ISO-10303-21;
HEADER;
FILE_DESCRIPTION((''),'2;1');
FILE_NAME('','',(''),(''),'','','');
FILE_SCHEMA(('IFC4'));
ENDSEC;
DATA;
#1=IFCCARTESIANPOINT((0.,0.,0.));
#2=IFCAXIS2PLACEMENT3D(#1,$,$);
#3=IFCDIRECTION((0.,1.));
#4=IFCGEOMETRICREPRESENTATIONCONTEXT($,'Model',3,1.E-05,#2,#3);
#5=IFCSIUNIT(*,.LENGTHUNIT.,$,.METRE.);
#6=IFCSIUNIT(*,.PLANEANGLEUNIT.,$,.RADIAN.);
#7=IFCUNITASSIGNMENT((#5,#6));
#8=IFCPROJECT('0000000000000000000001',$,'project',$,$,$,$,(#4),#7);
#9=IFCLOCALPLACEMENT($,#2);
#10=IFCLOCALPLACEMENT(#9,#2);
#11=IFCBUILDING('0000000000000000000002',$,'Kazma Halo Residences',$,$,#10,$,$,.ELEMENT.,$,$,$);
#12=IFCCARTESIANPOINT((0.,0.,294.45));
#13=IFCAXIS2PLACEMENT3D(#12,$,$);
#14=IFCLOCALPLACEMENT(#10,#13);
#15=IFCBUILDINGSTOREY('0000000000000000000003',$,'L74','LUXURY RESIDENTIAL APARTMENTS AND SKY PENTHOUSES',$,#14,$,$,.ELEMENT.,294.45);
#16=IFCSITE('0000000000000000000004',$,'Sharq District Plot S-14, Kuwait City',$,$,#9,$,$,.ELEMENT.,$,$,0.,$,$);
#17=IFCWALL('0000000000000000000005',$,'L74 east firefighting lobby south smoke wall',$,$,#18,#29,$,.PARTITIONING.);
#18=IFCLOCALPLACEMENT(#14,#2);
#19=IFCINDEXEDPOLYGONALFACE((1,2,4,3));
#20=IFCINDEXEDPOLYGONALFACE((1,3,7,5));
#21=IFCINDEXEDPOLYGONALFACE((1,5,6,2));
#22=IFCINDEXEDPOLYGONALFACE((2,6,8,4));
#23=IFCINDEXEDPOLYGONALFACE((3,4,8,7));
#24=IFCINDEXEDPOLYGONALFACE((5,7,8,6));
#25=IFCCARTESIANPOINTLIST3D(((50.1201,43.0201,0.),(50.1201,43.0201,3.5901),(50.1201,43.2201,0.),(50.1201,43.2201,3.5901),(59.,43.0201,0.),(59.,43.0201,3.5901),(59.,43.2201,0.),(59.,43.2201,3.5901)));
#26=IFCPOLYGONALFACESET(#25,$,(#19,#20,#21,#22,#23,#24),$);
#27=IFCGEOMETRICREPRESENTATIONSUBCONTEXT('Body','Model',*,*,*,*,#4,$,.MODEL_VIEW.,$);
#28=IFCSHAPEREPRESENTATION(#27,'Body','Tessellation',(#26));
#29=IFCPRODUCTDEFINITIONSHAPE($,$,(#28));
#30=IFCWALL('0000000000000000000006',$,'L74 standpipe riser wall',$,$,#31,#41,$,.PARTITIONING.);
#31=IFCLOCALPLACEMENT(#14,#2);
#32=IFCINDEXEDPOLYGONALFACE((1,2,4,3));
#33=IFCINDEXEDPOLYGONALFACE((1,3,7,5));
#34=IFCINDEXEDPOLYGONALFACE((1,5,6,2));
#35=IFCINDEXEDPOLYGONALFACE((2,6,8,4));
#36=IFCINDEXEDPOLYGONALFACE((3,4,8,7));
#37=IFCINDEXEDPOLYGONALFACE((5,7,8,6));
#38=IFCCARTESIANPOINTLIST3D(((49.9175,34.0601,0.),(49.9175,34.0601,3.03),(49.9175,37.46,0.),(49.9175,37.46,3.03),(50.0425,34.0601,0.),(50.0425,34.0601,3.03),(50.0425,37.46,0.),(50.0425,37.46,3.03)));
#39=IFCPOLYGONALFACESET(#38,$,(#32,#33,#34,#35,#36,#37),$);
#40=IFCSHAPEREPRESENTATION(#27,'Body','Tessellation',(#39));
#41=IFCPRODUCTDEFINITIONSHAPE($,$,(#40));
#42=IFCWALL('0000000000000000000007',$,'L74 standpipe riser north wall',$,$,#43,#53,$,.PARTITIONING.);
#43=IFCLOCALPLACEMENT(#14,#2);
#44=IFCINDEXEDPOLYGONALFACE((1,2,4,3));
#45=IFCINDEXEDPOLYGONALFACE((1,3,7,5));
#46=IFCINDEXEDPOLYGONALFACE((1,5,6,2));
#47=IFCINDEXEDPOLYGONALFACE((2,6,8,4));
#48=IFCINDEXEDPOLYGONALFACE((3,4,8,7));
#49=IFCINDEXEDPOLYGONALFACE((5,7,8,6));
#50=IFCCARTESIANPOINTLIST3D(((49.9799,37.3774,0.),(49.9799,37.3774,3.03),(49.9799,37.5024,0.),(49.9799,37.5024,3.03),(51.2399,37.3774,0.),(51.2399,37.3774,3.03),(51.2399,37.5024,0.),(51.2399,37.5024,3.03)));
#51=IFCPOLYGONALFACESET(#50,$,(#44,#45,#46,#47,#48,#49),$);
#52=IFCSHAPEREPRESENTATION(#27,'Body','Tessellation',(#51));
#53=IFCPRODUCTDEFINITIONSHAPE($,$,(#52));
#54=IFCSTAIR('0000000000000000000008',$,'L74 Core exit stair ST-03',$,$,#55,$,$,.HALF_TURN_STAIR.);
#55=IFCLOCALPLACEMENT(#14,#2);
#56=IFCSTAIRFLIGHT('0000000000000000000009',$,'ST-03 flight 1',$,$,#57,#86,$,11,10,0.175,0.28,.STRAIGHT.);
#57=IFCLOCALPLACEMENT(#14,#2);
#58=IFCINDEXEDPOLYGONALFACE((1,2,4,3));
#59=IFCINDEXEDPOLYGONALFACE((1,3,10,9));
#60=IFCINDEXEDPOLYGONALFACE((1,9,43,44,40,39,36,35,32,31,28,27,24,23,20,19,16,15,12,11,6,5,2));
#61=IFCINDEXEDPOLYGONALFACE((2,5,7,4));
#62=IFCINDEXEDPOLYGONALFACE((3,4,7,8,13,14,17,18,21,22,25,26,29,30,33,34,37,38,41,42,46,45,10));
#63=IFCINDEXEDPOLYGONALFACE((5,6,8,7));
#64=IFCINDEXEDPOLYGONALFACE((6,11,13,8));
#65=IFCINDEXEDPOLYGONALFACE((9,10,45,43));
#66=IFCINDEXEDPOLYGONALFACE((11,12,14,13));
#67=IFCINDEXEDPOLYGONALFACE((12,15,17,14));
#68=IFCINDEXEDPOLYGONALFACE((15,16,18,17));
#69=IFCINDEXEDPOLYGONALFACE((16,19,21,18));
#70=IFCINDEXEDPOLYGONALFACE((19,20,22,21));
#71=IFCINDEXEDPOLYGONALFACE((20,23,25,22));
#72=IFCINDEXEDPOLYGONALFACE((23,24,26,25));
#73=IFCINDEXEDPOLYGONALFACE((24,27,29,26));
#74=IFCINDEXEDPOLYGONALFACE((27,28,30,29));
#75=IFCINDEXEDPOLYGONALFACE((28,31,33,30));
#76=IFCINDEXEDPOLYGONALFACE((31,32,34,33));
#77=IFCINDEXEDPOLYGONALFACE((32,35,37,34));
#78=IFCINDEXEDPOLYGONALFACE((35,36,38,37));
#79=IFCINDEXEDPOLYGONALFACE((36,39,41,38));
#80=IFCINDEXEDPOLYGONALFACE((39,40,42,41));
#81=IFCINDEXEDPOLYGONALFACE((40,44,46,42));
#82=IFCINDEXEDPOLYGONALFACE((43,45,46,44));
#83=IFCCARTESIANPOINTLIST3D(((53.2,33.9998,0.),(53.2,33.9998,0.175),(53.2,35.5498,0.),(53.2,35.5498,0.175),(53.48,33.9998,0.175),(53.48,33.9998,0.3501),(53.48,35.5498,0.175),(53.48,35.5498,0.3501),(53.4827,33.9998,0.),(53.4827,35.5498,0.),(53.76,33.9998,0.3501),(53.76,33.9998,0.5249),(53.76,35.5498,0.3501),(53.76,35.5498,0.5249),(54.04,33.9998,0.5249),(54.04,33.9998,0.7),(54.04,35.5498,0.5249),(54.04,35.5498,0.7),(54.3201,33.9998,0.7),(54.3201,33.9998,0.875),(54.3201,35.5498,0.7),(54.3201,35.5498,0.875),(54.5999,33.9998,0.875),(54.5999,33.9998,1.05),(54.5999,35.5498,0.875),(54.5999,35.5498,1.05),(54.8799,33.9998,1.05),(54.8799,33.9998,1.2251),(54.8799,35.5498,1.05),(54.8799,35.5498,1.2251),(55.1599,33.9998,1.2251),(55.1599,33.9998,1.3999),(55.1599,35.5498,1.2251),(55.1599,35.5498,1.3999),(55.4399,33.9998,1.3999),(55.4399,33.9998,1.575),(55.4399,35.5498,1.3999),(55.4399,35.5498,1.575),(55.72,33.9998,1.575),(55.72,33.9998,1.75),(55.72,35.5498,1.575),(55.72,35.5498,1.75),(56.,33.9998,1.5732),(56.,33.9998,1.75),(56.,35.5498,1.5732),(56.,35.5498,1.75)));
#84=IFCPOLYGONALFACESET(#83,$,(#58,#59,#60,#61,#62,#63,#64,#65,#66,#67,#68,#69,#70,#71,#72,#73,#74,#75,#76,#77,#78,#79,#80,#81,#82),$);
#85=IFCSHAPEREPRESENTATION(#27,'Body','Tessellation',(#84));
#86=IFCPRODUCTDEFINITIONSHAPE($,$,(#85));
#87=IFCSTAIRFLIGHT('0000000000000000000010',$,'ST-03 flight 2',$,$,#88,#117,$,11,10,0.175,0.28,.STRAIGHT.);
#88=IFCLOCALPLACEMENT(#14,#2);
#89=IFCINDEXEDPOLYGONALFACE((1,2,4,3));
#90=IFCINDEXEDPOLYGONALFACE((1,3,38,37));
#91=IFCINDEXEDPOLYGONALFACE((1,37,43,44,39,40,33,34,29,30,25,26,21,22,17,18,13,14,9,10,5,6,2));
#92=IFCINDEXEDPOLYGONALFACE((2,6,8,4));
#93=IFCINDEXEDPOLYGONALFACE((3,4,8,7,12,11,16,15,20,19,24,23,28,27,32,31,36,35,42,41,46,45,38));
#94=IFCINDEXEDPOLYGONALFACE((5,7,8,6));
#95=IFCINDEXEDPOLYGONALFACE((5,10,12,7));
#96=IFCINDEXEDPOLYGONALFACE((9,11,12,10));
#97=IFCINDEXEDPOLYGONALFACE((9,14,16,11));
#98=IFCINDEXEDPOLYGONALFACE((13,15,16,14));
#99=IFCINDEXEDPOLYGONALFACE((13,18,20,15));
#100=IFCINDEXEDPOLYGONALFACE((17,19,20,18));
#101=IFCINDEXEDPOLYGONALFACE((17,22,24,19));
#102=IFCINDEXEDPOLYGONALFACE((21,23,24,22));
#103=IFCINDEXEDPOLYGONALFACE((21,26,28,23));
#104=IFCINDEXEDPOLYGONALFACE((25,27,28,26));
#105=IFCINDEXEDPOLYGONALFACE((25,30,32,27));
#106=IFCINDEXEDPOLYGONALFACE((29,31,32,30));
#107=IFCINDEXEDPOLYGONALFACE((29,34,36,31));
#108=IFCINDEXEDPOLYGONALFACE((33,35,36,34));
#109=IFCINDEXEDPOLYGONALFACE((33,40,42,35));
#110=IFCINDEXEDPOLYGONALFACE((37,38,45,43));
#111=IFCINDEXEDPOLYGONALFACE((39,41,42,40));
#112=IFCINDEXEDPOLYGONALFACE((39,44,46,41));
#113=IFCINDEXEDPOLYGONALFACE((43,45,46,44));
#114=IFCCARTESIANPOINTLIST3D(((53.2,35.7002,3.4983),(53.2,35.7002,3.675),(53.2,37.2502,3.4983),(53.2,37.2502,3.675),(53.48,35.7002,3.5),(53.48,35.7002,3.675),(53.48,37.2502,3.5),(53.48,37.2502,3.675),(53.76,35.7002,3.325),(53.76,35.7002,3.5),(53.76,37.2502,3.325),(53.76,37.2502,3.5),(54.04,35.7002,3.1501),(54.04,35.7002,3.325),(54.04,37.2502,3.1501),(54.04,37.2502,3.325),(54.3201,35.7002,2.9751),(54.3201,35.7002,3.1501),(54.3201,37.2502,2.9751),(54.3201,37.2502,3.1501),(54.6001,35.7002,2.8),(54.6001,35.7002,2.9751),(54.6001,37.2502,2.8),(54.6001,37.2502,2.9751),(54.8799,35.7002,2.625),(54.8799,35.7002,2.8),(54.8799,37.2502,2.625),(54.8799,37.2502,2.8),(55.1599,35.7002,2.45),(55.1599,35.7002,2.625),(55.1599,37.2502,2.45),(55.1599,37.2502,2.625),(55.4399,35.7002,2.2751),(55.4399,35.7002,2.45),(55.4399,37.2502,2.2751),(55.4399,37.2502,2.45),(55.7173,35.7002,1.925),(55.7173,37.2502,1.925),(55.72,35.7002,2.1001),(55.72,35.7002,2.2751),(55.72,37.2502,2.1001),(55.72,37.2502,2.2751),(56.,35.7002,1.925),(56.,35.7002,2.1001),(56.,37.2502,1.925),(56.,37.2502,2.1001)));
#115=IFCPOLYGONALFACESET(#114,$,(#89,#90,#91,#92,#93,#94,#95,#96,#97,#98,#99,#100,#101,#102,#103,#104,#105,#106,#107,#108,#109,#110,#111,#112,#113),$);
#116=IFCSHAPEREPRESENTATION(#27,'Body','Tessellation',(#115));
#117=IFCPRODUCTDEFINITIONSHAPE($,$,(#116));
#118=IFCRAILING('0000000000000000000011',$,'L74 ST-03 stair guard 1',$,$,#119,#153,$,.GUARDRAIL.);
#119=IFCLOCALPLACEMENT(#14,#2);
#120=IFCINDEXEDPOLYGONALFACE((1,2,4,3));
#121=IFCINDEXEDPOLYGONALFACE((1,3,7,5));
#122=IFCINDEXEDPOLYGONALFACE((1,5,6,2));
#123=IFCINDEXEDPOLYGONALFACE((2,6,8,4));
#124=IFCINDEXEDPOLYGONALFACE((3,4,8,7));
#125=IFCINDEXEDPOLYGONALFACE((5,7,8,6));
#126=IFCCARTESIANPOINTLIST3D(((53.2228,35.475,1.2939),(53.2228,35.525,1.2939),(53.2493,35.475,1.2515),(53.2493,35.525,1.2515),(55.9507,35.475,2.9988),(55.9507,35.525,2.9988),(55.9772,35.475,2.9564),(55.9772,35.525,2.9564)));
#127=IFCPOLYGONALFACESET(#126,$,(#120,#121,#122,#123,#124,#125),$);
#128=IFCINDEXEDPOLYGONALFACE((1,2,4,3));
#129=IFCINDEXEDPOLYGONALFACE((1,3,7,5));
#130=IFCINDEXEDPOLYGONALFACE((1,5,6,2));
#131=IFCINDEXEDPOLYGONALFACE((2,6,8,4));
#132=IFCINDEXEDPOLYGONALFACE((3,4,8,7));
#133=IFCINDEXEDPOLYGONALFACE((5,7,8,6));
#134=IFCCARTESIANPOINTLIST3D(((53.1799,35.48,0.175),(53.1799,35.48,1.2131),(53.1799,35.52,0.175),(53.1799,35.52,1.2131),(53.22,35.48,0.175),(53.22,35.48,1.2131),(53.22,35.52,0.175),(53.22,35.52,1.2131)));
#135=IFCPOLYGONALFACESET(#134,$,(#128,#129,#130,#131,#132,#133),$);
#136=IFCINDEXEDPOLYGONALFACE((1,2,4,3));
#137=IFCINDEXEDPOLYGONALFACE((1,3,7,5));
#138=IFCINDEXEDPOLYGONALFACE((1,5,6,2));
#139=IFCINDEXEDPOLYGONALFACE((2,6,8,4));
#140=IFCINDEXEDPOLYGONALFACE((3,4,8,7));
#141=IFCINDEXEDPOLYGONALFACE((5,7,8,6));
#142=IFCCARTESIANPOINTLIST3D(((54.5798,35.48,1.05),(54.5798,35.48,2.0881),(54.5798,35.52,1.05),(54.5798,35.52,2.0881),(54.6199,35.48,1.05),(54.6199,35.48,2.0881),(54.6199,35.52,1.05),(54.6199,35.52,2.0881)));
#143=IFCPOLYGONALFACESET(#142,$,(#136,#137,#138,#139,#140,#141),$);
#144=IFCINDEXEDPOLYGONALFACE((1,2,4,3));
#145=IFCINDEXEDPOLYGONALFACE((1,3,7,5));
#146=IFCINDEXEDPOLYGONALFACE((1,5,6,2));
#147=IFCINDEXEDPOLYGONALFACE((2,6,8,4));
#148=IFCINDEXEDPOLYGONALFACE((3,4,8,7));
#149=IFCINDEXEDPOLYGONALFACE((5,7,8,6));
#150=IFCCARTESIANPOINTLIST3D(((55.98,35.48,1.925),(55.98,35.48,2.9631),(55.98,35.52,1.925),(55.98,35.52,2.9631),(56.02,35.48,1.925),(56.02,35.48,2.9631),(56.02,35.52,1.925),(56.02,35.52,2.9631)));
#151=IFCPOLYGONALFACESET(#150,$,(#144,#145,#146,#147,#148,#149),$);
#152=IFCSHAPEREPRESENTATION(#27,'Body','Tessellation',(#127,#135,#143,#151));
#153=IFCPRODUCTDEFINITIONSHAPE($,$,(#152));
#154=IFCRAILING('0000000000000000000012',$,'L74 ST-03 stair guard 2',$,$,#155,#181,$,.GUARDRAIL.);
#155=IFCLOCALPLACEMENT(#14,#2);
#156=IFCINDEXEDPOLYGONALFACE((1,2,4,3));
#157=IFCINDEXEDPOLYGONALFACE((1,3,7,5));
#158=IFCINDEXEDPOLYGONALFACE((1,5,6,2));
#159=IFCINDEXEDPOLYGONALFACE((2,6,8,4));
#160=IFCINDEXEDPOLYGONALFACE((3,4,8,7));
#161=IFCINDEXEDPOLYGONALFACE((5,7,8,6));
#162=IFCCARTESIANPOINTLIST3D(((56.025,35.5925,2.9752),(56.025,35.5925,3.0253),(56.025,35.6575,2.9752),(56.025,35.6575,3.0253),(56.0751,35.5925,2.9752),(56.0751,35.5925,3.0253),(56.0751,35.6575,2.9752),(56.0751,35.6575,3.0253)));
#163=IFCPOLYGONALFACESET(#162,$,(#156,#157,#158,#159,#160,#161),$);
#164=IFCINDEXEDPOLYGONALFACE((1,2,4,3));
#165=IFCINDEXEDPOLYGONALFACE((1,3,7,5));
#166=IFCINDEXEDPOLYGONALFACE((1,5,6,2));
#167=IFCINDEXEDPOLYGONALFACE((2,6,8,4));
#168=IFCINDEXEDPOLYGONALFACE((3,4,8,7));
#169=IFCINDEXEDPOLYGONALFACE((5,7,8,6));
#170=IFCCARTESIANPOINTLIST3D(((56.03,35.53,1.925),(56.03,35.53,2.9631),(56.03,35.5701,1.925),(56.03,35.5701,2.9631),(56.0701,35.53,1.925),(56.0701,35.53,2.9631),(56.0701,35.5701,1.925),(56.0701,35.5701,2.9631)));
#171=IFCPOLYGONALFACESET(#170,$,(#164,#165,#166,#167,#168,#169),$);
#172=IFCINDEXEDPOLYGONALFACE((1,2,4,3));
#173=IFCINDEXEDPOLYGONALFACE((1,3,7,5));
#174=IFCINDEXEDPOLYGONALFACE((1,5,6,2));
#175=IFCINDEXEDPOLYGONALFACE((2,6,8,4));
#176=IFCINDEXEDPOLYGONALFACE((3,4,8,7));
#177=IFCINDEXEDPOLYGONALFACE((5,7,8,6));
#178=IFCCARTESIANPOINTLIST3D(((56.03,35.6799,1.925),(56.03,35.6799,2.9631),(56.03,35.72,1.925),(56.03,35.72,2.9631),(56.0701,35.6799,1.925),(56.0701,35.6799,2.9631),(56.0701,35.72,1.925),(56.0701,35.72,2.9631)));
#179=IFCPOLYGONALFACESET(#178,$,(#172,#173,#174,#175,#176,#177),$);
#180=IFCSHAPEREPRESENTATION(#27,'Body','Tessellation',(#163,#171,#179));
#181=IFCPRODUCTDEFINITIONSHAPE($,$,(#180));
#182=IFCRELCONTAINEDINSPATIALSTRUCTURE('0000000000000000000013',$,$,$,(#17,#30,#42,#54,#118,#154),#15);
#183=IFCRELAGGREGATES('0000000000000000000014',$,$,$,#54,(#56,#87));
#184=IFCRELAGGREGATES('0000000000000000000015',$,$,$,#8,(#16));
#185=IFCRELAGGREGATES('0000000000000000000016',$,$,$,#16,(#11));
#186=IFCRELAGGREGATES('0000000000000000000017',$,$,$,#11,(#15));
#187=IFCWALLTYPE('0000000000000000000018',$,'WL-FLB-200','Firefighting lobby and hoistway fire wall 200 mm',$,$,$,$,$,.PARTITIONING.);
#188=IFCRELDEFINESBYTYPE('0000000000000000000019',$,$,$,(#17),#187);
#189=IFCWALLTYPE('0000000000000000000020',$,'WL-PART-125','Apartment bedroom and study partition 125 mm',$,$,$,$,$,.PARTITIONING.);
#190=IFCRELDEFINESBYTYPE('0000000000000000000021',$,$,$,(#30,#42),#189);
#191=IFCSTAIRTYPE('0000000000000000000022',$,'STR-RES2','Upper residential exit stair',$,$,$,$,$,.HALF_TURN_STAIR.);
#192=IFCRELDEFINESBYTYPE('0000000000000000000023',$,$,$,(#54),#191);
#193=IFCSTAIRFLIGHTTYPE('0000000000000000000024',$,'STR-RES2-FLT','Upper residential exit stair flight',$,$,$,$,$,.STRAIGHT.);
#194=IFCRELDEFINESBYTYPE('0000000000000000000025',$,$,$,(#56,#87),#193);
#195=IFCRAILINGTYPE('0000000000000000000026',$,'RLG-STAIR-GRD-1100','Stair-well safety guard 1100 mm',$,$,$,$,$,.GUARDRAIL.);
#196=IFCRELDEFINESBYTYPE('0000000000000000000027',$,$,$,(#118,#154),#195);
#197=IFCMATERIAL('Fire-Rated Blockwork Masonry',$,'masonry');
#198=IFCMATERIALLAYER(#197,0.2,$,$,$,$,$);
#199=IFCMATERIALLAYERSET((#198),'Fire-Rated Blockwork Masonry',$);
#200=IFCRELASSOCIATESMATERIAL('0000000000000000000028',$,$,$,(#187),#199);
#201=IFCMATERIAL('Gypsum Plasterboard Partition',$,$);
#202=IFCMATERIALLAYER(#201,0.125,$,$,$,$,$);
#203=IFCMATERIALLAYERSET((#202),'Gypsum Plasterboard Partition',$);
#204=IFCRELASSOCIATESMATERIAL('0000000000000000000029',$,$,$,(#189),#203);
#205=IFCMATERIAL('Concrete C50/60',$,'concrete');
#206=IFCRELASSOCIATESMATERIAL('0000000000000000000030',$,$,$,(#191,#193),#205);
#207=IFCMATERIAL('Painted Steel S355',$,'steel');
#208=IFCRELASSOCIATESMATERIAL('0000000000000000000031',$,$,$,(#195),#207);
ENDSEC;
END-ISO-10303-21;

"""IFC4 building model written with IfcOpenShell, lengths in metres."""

from ifc_helpers import new_model, si_unit, direction, frame, frame_2d, origin, origin_2d, place, context, subcontext, project, spatial, polyline, rectangle, outline, extrude, material, layer, layer_set, type_object, element, aggregate, save


model = new_model("IFC4")

# Units and contexts
model_context = context("Model", 3, precision=1e-05, world=origin(), true_north=direction((0.0, 1.0)))
body_context = subcontext(model_context, "Body", "Model", "MODEL_VIEW")
ifc_project = project(units=[si_unit("LENGTHUNIT", "METRE"), si_unit("PLANEANGLEUNIT", "RADIAN")], contexts=[model_context])

# Site, building, storey
site_placement = place(None, origin())
site = spatial("IfcSite", under=ifc_project, at=site_placement, Name="Sharq District Plot S-14, Kuwait City", CompositionType="ELEMENT", RefElevation=0.0)
building_placement = place(site_placement, origin())
building = spatial("IfcBuilding", under=site, at=building_placement, Name="Kazma Halo Residences", CompositionType="ELEMENT")
storey_placement = place(building_placement, frame((0.0, 0.0, 294.45)))
storey = spatial("IfcBuildingStorey", under=building, at=storey_placement, Name="L74", Description="LUXURY RESIDENTIAL APARTMENTS AND SKY PENTHOUSES", CompositionType="ELEMENT", Elevation=294.45)

# Shared definitions
ifc_material_1 = material(Name="Fire-Rated Blockwork Masonry", Category="masonry")
ifc_layer_1 = layer(ifc_material_1, 0.2)
ifc_layer_set_1 = layer_set([ifc_layer_1], Name="Fire-Rated Blockwork Masonry")
wall_type_1 = type_object("IfcWallType", Name="WL-FLB-200", Description="Firefighting lobby and hoistway fire wall 200 mm", PredefinedType="PARTITIONING", material=ifc_layer_set_1)

# Walls
wall_1_placement = place(storey_placement, frame((50.1201, 43.1201, 0.0), z_axis=(0.0, 0.0, 1.0), x_axis=(1.0, 0.0, 0.0)))
element("IfcWall", 1, at=wall_1_placement, inside=storey, type_object=wall_type_1, Name="L74 east firefighting lobby south smoke wall", PredefinedType="PARTITIONING", context=body_context, shape_type="SweptSolid", body=[
    extrude(rectangle(XDim=8.8799, YDim=0.2, at=frame_2d((4.4399, 0.0))), origin(), (0.0, 0.0, 1.0), 3.5901),
])
ifc_material_2 = material(Name="Gypsum Plasterboard Partition")
ifc_layer_2 = layer(ifc_material_2, 0.125)
ifc_layer_set_2 = layer_set([ifc_layer_2], Name="Gypsum Plasterboard Partition")
wall_type_2 = type_object("IfcWallType", Name="WL-PART-125", Description="Apartment bedroom and study partition 125 mm", PredefinedType="PARTITIONING", material=ifc_layer_set_2)
wall_2_placement = place(storey_placement, frame((49.98, 34.0601, 0.0), z_axis=(0.0, 0.0, 1.0), x_axis=(0.0, 1.0, 0.0)))
element("IfcWall", 2, at=wall_2_placement, inside=storey, type_object=wall_type_2, Name="L74 standpipe riser wall", PredefinedType="PARTITIONING", context=body_context, shape_type="SweptSolid", body=[
    extrude(rectangle(XDim=3.3999, YDim=0.125, at=frame_2d((1.7, 0.0))), origin(), (0.0, 0.0, 1.0), 3.03),
])
wall_3_placement = place(storey_placement, frame((49.98, 37.4399, 0.0), z_axis=(0.0, 0.0, 1.0), x_axis=(1.0, 0.0, 0.0)))
element("IfcWall", 3, at=wall_3_placement, inside=storey, type_object=wall_type_2, Name="L74 standpipe riser north wall", PredefinedType="PARTITIONING", context=body_context, shape_type="SweptSolid", body=[
    extrude(rectangle(XDim=1.26, YDim=0.125, at=frame_2d((0.6299, 0.0))), origin(), (0.0, 0.0, 1.0), 3.03),
])

# Shared definitions
ifc_material_3 = material(Name="Concrete C50/60", Category="concrete")

# Stair, stair flights
stair_type = type_object("IfcStairType", Name="STR-RES2", Description="Upper residential exit stair", PredefinedType="HALF_TURN_STAIR", material=ifc_material_3)
stair_placement = place(storey_placement, origin())
stair = element("IfcStair", 4, at=stair_placement, inside=storey, type_object=stair_type, Name="L74 Core exit stair ST-03", PredefinedType="HALF_TURN_STAIR")
stair_flight_type = type_object("IfcStairFlightType", Name="STR-RES2-FLT", Description="Upper residential exit stair flight", PredefinedType="STRAIGHT", material=ifc_material_3)
stair_flight_1_placement = place(storey_placement, frame((53.2, 34.7749, 0.0), z_axis=(0.0, 0.0, 1.0), x_axis=(1.0, 0.0, 0.0)))
stair_flight_1 = element("IfcStairFlight", 5, at=stair_flight_1_placement, type_object=stair_flight_type, Name="ST-03 flight 1", NumberOfRisers=11, NumberOfTreads=10, PredefinedType="STRAIGHT", RiserHeight=0.175, TreadLength=0.28, context=body_context, shape_type="SweptSolid", body=[
    extrude(outline(polyline([(0.0, 0.0), (0.0, 0.175), (0.28, 0.175), (0.28, 0.3501), (0.5601, 0.3501), (0.5601, 0.5249), (0.8401, 0.5249), (0.8401, 0.7), (1.1201, 0.7), (1.1201, 0.875), (1.3999, 0.875), (1.3999, 1.05), (1.6799, 1.05), (1.6799, 1.2251), (1.96, 1.2251), (1.96, 1.3999), (2.24, 1.3999), (2.24, 1.575), (2.52, 1.575), (2.52, 1.75), (2.8, 1.75), (2.8, 1.925), (2.8, 1.5732), (0.2827, 0.0), (0.0, 0.0)])), frame((0.0, 0.7749, 0.0), z_axis=(0.0, -1.0, 0.0), x_axis=(1.0, 0.0, 0.0)), (0.0, 0.0, 1.0), 1.55),
])
stair_flight_2_placement = place(storey_placement, frame((56.0, 36.4751, 1.925), z_axis=(0.0, 0.0, 1.0), x_axis=(-1.0, 0.0, 0.0)))
stair_flight_2 = element("IfcStairFlight", 6, at=stair_flight_2_placement, type_object=stair_flight_type, Name="ST-03 flight 2", NumberOfRisers=11, NumberOfTreads=10, PredefinedType="STRAIGHT", RiserHeight=0.175, TreadLength=0.28, context=body_context, shape_type="SweptSolid", body=[
    extrude(outline(polyline([(0.0, 0.0), (0.0, 0.175), (0.28, 0.175), (0.28, 0.3501), (0.5601, 0.3501), (0.5601, 0.5249), (0.8401, 0.5249), (0.8401, 0.7), (1.1201, 0.7), (1.1201, 0.875), (1.3999, 0.875), (1.3999, 1.05), (1.6799, 1.05), (1.6799, 1.2251), (1.96, 1.2251), (1.96, 1.3999), (2.24, 1.3999), (2.24, 1.575), (2.52, 1.575), (2.52, 1.75), (2.8, 1.75), (2.8, 1.925), (2.8, 1.5732), (0.2827, 0.0), (0.0, 0.0)])), frame((0.0, 0.7749, 0.0), z_axis=(0.0, -1.0, 0.0), x_axis=(1.0, 0.0, 0.0)), (0.0, 0.0, 1.0), 1.55),
])
aggregate(stair, [stair_flight_1, stair_flight_2])

# Railings
ifc_material_4 = material(Name="Painted Steel S355", Category="steel")
railing_type_1 = type_object("IfcRailingType", Name="RLG-STAIR-GRD-1100", Description="Stair-well safety guard 1100 mm", PredefinedType="GUARDRAIL", material=ifc_material_4)
railing_1_placement = place(storey_placement, frame((53.2, 35.5, 0.175)))
element("IfcRailing", 7, at=railing_1_placement, inside=storey, type_object=railing_type_1, Name="L74 ST-03 stair guard 1", PredefinedType="GUARDRAIL", context=body_context, shape_type="SweptSolid", body=[
    extrude(rectangle(XDim=0.05, YDim=0.05, at=origin_2d()), frame((0.0361, 0.0, 1.0977), z_axis=(0.848002, 0.0, 0.529992), x_axis=(0.0, 1.0, 0.0)), (0.0, 0.0, 1.0), 3.2168),
    extrude(rectangle(XDim=0.04, YDim=0.04, at=origin_2d()), origin(), (0.0, 0.0, 1.0), 1.0381),
    extrude(rectangle(XDim=0.04, YDim=0.04, at=origin_2d()), frame((1.3999, 0.0, 0.875)), (0.0, 0.0, 1.0), 1.0381),
    extrude(rectangle(XDim=0.04, YDim=0.04, at=origin_2d()), frame((2.8, 0.0, 1.75)), (0.0, 0.0, 1.0), 1.0381),
])
railing_2_placement = place(storey_placement, frame((56.05, 35.55, 1.925)))
element("IfcRailing", 8, at=railing_2_placement, inside=storey, type_object=railing_type_1, Name="L74 ST-03 stair guard 2", PredefinedType="GUARDRAIL", context=body_context, shape_type="SweptSolid", body=[
    extrude(rectangle(XDim=0.05, YDim=0.05, at=origin_2d()), frame((0.0, 0.0425, 1.0752), z_axis=(0.0, 1.0, 0.0), x_axis=(-1.0, 0.0, 0.0)), (0.0, 0.0, 1.0), 0.0649),
    extrude(rectangle(XDim=0.04, YDim=0.04, at=origin_2d()), origin(), (0.0, 0.0, 1.0), 1.0381),
    extrude(rectangle(XDim=0.04, YDim=0.04, at=origin_2d()), frame((0.0, 0.1499, 0.0)), (0.0, 0.0, 1.0), 1.0381),
])

save(model, "model.ifc")
